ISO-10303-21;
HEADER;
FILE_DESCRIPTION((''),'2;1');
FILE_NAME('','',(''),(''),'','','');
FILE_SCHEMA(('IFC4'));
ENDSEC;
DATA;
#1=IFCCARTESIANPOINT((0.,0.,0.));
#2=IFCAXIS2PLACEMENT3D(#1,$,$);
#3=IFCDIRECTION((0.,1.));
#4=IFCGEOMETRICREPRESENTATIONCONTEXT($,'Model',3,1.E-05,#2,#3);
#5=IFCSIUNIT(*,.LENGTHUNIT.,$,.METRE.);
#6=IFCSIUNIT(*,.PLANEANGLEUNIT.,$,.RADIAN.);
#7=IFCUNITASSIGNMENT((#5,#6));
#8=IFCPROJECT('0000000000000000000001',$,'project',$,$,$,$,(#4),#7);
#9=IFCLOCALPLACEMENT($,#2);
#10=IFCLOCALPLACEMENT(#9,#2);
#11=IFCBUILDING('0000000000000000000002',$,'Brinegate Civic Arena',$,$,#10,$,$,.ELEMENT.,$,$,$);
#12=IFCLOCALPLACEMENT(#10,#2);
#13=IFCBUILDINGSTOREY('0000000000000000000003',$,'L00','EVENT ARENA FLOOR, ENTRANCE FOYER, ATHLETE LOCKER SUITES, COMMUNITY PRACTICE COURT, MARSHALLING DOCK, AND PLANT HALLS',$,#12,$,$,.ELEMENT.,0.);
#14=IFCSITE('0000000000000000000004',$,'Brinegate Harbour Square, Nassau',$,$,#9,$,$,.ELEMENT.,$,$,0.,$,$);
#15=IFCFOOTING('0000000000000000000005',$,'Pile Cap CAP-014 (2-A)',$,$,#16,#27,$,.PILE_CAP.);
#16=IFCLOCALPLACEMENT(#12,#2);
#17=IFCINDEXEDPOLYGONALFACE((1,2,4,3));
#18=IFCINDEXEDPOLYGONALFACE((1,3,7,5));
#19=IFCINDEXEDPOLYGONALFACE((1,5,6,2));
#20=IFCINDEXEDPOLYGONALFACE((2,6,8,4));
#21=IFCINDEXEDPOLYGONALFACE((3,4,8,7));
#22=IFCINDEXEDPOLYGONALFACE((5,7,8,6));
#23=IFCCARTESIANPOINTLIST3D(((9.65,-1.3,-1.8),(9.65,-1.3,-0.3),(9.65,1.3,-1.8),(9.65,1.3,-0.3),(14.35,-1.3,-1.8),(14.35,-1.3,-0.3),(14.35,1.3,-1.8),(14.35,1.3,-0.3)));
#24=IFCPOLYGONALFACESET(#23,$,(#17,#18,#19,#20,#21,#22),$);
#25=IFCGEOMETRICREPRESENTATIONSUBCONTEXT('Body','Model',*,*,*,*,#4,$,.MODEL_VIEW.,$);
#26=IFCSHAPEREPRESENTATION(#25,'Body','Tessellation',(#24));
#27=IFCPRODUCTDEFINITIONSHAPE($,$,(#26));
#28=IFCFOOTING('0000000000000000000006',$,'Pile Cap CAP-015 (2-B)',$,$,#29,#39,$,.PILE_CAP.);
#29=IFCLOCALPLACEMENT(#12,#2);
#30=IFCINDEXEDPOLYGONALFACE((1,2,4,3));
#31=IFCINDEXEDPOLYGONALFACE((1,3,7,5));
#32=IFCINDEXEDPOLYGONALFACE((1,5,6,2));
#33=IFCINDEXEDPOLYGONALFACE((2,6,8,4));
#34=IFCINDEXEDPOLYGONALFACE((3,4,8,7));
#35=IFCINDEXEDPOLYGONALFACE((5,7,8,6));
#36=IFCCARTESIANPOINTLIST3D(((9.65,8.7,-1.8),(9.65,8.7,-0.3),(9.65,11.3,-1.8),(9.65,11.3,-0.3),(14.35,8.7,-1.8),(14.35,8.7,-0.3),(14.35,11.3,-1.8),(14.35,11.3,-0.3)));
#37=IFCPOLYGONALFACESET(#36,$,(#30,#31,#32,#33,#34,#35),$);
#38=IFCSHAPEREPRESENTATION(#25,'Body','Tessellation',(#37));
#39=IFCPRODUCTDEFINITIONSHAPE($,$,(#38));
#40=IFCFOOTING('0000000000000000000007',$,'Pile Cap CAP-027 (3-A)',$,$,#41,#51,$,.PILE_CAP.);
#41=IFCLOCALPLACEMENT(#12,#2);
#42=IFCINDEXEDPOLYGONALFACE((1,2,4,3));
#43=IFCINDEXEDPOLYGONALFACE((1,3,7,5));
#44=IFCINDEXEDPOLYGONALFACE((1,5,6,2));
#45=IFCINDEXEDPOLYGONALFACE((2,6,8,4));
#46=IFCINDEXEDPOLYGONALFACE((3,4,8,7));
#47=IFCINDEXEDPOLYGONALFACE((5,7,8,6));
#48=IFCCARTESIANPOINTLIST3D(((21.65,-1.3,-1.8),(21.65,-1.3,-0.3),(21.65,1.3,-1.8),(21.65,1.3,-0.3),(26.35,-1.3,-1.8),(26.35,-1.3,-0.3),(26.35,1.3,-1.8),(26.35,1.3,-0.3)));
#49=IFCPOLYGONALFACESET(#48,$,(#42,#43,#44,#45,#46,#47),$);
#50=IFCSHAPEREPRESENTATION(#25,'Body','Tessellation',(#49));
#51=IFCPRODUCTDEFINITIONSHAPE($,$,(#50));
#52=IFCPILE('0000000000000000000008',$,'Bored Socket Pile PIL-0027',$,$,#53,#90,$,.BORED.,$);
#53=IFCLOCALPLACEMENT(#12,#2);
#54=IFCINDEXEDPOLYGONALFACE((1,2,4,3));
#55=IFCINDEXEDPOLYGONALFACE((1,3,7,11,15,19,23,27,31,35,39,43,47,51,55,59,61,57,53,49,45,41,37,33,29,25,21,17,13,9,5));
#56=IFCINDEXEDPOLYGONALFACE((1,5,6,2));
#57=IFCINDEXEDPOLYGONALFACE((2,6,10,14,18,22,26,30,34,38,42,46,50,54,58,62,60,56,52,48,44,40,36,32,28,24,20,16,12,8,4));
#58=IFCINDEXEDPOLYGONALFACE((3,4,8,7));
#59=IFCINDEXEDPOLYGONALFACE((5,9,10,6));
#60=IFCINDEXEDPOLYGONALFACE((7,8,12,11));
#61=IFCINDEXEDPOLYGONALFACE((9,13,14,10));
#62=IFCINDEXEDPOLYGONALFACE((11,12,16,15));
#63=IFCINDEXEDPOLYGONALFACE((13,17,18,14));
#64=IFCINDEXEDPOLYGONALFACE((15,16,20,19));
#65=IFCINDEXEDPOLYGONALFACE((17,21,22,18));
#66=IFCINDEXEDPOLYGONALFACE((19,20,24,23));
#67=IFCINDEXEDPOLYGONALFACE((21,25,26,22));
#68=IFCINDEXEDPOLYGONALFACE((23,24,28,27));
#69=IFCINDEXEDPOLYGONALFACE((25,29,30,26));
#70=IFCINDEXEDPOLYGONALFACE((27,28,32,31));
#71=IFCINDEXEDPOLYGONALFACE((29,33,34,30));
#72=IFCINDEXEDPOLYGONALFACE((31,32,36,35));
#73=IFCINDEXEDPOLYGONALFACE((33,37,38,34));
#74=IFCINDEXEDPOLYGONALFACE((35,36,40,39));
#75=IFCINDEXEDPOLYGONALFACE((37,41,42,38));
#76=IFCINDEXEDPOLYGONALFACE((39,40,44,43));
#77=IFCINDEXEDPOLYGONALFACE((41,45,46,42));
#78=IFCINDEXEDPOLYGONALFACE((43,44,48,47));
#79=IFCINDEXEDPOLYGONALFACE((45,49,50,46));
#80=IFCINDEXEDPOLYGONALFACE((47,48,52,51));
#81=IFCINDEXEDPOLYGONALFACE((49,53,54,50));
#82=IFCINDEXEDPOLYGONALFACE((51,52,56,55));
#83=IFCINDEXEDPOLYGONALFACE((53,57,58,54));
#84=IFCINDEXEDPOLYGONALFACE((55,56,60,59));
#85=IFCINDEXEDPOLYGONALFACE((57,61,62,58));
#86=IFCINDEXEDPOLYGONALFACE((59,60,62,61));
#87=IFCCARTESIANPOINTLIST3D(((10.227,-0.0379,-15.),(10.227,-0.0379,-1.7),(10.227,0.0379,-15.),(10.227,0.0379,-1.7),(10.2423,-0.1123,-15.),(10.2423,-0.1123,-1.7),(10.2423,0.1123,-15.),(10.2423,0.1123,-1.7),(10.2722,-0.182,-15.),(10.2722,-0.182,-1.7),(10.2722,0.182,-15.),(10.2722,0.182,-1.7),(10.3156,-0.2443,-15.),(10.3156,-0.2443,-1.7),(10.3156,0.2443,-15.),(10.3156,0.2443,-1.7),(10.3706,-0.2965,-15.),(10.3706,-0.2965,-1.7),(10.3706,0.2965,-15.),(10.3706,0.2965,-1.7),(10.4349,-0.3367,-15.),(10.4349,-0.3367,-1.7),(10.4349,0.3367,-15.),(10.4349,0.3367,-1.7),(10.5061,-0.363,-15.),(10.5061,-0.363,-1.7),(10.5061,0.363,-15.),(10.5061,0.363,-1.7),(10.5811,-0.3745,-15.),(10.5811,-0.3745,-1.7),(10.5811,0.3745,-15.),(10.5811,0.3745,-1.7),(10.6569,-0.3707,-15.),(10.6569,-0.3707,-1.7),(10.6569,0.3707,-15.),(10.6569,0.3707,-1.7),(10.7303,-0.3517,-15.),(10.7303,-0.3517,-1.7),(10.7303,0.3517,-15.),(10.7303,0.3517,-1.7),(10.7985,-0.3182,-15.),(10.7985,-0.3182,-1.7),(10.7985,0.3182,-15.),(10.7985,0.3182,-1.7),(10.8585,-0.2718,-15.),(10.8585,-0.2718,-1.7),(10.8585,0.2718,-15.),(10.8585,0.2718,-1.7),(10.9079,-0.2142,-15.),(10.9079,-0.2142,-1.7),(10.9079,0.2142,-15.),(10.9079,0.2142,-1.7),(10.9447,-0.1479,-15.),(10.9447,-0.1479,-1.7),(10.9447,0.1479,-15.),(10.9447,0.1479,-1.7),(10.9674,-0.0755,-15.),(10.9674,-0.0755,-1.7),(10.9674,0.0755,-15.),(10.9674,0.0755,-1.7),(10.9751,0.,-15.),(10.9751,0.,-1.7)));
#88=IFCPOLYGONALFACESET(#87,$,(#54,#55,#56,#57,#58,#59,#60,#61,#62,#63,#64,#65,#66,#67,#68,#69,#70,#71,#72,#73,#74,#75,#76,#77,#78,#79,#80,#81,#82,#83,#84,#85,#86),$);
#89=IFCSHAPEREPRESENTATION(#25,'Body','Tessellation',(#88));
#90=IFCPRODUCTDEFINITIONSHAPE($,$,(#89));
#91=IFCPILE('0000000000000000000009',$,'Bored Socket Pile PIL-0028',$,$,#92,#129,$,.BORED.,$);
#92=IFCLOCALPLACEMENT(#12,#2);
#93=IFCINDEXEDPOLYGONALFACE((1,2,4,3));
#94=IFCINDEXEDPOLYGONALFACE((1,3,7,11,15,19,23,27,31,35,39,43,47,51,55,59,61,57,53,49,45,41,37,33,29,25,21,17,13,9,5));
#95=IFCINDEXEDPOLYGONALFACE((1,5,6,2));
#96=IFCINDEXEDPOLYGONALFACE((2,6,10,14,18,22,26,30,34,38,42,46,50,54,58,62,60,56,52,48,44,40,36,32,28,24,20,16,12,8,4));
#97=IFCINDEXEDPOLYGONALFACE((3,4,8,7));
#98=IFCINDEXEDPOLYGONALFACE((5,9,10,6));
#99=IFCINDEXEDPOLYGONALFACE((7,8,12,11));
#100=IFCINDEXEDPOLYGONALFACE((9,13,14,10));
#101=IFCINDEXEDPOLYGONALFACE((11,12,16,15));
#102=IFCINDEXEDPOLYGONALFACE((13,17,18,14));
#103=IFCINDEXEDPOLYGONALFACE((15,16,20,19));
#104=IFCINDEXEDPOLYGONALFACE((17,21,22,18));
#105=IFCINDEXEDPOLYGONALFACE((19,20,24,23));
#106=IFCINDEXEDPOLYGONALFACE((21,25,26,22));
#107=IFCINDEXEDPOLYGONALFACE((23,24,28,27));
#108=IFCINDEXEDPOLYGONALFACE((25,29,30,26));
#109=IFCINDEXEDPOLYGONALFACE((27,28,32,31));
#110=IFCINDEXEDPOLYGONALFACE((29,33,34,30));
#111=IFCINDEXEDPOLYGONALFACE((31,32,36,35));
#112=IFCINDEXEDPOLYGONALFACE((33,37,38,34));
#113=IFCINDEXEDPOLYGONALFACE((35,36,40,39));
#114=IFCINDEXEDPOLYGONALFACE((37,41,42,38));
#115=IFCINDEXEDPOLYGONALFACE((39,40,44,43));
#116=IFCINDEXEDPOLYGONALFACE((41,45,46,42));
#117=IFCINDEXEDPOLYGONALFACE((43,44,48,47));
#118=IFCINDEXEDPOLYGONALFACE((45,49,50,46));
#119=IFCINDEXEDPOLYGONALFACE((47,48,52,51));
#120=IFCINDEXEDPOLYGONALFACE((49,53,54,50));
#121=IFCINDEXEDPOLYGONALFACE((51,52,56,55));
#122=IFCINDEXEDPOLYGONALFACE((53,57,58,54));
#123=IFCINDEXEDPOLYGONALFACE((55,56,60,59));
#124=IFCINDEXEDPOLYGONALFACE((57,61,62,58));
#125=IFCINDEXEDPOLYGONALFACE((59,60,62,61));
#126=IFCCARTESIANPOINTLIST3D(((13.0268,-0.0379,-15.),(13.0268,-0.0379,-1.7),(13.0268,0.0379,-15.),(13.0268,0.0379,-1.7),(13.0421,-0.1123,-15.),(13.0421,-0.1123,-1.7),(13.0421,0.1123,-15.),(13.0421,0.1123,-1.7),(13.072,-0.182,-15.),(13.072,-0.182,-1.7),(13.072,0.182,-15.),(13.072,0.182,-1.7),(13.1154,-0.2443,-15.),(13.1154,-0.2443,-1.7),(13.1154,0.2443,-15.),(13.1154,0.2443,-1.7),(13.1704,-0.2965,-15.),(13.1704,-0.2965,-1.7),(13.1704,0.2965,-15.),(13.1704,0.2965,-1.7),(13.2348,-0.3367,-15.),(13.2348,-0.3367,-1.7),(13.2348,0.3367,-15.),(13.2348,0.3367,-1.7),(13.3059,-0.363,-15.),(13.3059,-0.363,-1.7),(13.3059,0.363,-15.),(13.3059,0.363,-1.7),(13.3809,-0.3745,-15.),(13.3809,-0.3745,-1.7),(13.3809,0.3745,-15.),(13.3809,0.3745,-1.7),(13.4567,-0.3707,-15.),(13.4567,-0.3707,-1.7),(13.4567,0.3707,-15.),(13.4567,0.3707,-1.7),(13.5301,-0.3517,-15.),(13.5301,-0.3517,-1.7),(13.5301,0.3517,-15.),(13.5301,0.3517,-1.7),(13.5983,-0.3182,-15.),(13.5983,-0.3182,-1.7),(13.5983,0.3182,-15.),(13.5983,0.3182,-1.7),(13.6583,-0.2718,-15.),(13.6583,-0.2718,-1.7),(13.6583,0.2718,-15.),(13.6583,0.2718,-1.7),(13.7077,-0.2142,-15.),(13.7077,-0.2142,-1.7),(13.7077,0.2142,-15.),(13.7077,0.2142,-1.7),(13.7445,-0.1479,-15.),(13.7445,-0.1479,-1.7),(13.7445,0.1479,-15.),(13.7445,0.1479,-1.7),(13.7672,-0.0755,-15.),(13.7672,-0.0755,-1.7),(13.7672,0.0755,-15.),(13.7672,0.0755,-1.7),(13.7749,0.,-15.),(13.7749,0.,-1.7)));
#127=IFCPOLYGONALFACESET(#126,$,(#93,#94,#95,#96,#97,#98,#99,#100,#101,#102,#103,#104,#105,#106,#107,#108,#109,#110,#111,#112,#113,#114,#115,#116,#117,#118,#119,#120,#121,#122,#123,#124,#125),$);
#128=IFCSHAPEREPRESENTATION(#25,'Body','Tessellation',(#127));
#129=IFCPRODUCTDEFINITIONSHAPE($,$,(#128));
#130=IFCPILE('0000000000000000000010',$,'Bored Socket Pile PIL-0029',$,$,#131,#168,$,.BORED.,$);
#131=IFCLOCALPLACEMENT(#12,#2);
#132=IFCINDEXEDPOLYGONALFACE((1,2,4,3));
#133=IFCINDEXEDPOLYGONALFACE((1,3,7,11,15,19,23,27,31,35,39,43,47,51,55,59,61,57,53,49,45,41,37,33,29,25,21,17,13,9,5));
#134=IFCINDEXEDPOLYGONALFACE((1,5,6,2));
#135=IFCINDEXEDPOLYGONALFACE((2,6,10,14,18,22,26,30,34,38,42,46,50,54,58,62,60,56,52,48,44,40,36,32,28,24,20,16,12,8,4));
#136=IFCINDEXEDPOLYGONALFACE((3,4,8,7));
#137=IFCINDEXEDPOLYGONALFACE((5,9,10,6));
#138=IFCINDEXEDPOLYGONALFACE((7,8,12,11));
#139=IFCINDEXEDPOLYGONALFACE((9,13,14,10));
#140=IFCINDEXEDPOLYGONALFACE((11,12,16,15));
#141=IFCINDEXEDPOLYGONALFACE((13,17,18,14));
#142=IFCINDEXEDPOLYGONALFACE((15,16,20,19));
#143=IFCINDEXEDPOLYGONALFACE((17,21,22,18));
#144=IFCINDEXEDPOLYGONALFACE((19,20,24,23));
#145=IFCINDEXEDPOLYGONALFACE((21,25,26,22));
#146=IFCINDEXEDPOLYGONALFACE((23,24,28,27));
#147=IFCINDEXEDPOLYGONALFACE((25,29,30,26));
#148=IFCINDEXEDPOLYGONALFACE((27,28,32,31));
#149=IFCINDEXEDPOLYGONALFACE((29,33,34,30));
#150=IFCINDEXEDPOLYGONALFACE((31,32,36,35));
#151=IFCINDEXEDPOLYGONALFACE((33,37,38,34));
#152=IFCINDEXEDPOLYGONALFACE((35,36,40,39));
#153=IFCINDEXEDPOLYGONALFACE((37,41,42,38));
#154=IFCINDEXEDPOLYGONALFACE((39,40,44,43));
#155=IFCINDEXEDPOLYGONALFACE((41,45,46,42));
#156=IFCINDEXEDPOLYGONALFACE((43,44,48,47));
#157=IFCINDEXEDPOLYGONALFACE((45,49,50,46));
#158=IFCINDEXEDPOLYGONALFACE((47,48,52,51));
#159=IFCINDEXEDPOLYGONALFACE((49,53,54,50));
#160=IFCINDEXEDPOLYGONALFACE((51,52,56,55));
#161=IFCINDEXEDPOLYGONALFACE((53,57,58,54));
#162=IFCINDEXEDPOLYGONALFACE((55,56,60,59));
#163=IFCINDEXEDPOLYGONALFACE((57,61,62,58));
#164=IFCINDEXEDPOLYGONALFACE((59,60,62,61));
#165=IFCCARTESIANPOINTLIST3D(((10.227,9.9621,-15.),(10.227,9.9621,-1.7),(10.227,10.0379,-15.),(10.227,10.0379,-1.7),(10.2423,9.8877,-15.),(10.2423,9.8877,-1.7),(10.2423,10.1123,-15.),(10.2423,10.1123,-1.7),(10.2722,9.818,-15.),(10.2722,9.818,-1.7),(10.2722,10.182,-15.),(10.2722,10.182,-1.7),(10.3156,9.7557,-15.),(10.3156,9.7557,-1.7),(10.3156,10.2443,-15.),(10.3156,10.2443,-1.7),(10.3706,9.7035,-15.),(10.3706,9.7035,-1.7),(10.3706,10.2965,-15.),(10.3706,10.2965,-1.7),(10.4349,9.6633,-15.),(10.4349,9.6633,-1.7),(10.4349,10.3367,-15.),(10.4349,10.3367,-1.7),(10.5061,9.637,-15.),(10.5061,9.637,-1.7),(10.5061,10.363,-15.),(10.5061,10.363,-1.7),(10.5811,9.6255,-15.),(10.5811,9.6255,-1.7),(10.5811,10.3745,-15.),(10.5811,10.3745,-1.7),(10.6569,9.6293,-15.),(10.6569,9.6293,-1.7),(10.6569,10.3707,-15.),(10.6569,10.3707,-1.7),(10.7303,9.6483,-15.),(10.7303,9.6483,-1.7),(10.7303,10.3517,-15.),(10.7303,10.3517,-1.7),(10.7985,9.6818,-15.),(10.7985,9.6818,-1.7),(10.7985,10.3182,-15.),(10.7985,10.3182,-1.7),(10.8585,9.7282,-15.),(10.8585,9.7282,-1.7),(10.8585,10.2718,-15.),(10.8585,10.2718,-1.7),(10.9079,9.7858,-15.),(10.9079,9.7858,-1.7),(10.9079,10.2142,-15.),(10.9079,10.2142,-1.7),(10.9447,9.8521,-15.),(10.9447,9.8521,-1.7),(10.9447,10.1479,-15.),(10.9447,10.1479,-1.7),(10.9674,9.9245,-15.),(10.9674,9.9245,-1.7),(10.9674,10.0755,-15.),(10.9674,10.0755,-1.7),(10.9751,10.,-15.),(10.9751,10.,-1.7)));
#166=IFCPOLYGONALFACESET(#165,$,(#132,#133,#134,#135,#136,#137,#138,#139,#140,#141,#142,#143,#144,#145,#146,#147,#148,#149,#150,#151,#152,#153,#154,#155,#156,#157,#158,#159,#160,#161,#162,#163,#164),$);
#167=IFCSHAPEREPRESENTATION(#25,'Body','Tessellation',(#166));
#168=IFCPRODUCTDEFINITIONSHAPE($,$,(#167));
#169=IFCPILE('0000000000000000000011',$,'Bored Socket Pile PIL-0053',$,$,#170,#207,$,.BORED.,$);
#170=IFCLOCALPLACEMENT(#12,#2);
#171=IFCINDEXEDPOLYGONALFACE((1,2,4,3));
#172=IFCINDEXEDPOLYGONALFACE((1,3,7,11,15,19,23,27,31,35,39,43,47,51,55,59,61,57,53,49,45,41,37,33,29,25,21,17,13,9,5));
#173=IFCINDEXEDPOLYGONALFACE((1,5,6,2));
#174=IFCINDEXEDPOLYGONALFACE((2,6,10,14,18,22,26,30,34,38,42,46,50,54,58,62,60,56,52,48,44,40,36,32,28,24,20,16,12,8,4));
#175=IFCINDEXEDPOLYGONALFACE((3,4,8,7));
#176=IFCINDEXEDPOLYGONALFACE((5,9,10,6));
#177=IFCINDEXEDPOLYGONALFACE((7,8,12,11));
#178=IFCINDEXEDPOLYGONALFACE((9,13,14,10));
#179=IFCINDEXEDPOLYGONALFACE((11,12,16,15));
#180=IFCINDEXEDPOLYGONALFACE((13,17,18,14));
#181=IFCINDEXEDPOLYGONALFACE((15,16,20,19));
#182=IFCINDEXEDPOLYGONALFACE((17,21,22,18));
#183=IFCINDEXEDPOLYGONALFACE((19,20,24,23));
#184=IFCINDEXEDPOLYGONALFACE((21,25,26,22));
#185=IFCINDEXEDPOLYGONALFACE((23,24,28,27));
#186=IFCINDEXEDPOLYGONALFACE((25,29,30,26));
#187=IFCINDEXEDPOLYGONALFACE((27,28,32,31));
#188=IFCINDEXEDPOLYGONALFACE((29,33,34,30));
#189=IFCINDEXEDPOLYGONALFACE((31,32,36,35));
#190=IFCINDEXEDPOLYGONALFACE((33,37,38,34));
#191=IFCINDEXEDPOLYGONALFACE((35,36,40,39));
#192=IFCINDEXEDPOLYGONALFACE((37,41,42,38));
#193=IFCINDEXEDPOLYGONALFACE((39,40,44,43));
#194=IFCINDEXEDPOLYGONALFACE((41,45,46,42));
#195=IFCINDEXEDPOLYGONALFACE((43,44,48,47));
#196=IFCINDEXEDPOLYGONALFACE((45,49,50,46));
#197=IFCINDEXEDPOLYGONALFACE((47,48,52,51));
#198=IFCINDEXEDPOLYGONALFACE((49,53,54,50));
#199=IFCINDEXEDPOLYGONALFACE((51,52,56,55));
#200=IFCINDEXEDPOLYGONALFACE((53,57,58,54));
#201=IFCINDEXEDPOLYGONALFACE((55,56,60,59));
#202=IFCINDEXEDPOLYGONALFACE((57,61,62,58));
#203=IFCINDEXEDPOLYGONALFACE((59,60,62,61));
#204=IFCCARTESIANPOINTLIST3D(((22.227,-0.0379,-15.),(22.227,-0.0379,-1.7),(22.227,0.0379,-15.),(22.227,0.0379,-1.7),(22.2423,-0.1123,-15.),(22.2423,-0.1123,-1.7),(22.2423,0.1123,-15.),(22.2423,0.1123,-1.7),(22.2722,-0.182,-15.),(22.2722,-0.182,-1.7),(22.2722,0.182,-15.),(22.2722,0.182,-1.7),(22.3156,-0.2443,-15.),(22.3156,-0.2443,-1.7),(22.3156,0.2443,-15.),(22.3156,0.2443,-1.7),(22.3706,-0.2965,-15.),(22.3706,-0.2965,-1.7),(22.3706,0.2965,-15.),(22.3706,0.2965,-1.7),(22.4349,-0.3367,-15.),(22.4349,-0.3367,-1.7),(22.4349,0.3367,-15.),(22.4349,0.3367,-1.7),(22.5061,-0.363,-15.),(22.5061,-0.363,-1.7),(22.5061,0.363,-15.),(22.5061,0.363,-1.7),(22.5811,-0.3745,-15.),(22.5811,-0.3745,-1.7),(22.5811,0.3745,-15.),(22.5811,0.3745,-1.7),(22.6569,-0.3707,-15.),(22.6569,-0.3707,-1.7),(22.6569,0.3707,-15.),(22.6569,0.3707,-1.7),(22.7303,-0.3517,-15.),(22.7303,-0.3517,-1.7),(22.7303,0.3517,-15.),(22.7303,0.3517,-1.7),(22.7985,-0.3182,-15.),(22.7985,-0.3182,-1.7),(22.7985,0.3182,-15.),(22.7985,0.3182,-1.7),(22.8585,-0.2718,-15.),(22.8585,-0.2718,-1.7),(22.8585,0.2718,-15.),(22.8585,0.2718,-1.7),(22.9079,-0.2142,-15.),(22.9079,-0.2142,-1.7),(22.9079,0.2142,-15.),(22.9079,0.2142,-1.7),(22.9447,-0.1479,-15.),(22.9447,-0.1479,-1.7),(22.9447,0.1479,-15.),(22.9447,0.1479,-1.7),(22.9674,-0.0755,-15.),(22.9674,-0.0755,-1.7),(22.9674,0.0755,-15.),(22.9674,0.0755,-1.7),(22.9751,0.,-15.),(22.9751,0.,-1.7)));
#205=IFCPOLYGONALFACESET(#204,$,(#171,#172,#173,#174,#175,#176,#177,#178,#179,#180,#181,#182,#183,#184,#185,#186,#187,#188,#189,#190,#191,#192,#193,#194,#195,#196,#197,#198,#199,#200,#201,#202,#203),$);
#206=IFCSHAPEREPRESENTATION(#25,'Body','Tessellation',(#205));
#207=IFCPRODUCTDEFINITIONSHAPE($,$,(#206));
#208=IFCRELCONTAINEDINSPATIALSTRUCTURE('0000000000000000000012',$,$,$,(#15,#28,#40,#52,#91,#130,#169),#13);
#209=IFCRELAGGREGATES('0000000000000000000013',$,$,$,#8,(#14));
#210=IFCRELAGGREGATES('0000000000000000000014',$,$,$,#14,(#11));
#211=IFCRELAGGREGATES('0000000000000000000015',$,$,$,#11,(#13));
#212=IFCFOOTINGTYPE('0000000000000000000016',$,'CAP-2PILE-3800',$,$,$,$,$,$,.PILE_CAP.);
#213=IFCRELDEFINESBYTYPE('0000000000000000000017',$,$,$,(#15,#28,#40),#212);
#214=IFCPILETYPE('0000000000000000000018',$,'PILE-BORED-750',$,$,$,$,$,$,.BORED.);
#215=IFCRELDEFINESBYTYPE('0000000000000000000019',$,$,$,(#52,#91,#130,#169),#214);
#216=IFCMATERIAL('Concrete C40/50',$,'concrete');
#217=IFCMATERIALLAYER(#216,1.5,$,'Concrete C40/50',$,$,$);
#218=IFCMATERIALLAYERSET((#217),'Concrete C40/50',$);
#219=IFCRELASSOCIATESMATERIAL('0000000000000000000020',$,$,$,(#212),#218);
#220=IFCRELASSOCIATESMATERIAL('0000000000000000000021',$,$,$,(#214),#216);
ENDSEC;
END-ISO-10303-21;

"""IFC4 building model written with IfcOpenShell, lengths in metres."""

from ifc_helpers import new_model, si_unit, direction, frame, origin, origin_2d, place, context, subcontext, project, spatial, rectangle, circle, extrude, material, layer, layer_set, material_profile, profile_set, type_object, element, save


model = new_model("IFC4")

# Units and contexts
model_context = context("Model", 3, precision=1e-05, world=origin(), true_north=direction((0.0, 1.0)))
body_context = subcontext(model_context, "Body", "Model", "MODEL_VIEW")
ifc_project = project(units=[si_unit("LENGTHUNIT", "METRE"), si_unit("PLANEANGLEUNIT", "RADIAN")], contexts=[model_context])

# Site, building, storey
site_placement = place(None, origin())
site = spatial("IfcSite", under=ifc_project, at=site_placement, Name="Brinegate Harbour Square, Nassau", CompositionType="ELEMENT", RefElevation=0.0)
building_placement = place(site_placement, origin())
building = spatial("IfcBuilding", under=site, at=building_placement, Name="Brinegate Civic Arena", CompositionType="ELEMENT")
storey_placement = place(building_placement, origin())
storey = spatial("IfcBuildingStorey", under=building, at=storey_placement, Name="L00", Description="EVENT ARENA FLOOR, ENTRANCE FOYER, ATHLETE LOCKER SUITES, COMMUNITY PRACTICE COURT, MARSHALLING DOCK, AND PLANT HALLS", CompositionType="ELEMENT", Elevation=0.0)

# Footings
ifc_material_1 = material(Name="Concrete C40/50", Category="concrete")
ifc_layer_1 = layer(ifc_material_1, 1.5, Name="Concrete C40/50")
ifc_layer_set_1 = layer_set([ifc_layer_1], Name="Concrete C40/50")
footing_type_1 = type_object("IfcFootingType", Name="CAP-2PILE-3800", PredefinedType="PILE_CAP", material=ifc_layer_set_1)
for number, where, z_axis, x_axis, name in (
    (1, (12.0, 0.0, -1.8), (0.0, 0.0, 1.0), (1.0, 0.0, 0.0), "Pile Cap CAP-014 (2-A)"),
    (2, (12.0, 10.0, -1.8), (0.0, 0.0, 1.0), (1.0, 0.0, 0.0), "Pile Cap CAP-015 (2-B)"),
    (3, (24.0, 0.0, -1.8), (0.0, 0.0, 1.0), (1.0, 0.0, 0.0), "Pile Cap CAP-027 (3-A)"),
):
    element("IfcFooting", number, at=place(storey_placement, frame(where, z_axis=z_axis, x_axis=x_axis)), inside=storey, type_object=footing_type_1, Name=name, PredefinedType="PILE_CAP", context=body_context, shape_type="SweptSolid", body=[
        extrude(rectangle(XDim=4.7, YDim=2.6001, at=origin_2d()), origin(), (0.0, 0.0, 1.0), 1.5),
    ])

# Piles
ifc_material_profile_1 = material_profile(ifc_material_1, circle(Radius=0.375, at=origin_2d()), Name="PILED750")
ifc_profile_set_1 = profile_set([ifc_material_profile_1], Name="Concrete C40/50")
pile_type = type_object("IfcPileType", Name="PILE-BORED-750", PredefinedType="BORED", material=ifc_profile_set_1)
for number, where, z_axis, x_axis, name in (
    (4, (10.6001, 0.0, -1.7), (0.0, 0.0, -1.0), (1.0, 0.0, 0.0), "Bored Socket Pile PIL-0027"),
    (5, (13.3999, 0.0, -1.7), (0.0, 0.0, -1.0), (1.0, 0.0, 0.0), "Bored Socket Pile PIL-0028"),
    (6, (10.6001, 10.0, -1.7), (0.0, 0.0, -1.0), (1.0, 0.0, 0.0), "Bored Socket Pile PIL-0029"),
    (7, (22.6001, 0.0, -1.7), (0.0, 0.0, -1.0), (1.0, 0.0, 0.0), "Bored Socket Pile PIL-0053"),
):
    element("IfcPile", number, at=place(storey_placement, frame(where, z_axis=z_axis, x_axis=x_axis)), inside=storey, type_object=pile_type, Name=name, PredefinedType="BORED", context=body_context, shape_type="SweptSolid", body=[
        extrude(circle(Radius=0.375, at=origin_2d()), origin(), (0.0, 0.0, 1.0), 13.3),
    ])

save(model, "model.ifc")
